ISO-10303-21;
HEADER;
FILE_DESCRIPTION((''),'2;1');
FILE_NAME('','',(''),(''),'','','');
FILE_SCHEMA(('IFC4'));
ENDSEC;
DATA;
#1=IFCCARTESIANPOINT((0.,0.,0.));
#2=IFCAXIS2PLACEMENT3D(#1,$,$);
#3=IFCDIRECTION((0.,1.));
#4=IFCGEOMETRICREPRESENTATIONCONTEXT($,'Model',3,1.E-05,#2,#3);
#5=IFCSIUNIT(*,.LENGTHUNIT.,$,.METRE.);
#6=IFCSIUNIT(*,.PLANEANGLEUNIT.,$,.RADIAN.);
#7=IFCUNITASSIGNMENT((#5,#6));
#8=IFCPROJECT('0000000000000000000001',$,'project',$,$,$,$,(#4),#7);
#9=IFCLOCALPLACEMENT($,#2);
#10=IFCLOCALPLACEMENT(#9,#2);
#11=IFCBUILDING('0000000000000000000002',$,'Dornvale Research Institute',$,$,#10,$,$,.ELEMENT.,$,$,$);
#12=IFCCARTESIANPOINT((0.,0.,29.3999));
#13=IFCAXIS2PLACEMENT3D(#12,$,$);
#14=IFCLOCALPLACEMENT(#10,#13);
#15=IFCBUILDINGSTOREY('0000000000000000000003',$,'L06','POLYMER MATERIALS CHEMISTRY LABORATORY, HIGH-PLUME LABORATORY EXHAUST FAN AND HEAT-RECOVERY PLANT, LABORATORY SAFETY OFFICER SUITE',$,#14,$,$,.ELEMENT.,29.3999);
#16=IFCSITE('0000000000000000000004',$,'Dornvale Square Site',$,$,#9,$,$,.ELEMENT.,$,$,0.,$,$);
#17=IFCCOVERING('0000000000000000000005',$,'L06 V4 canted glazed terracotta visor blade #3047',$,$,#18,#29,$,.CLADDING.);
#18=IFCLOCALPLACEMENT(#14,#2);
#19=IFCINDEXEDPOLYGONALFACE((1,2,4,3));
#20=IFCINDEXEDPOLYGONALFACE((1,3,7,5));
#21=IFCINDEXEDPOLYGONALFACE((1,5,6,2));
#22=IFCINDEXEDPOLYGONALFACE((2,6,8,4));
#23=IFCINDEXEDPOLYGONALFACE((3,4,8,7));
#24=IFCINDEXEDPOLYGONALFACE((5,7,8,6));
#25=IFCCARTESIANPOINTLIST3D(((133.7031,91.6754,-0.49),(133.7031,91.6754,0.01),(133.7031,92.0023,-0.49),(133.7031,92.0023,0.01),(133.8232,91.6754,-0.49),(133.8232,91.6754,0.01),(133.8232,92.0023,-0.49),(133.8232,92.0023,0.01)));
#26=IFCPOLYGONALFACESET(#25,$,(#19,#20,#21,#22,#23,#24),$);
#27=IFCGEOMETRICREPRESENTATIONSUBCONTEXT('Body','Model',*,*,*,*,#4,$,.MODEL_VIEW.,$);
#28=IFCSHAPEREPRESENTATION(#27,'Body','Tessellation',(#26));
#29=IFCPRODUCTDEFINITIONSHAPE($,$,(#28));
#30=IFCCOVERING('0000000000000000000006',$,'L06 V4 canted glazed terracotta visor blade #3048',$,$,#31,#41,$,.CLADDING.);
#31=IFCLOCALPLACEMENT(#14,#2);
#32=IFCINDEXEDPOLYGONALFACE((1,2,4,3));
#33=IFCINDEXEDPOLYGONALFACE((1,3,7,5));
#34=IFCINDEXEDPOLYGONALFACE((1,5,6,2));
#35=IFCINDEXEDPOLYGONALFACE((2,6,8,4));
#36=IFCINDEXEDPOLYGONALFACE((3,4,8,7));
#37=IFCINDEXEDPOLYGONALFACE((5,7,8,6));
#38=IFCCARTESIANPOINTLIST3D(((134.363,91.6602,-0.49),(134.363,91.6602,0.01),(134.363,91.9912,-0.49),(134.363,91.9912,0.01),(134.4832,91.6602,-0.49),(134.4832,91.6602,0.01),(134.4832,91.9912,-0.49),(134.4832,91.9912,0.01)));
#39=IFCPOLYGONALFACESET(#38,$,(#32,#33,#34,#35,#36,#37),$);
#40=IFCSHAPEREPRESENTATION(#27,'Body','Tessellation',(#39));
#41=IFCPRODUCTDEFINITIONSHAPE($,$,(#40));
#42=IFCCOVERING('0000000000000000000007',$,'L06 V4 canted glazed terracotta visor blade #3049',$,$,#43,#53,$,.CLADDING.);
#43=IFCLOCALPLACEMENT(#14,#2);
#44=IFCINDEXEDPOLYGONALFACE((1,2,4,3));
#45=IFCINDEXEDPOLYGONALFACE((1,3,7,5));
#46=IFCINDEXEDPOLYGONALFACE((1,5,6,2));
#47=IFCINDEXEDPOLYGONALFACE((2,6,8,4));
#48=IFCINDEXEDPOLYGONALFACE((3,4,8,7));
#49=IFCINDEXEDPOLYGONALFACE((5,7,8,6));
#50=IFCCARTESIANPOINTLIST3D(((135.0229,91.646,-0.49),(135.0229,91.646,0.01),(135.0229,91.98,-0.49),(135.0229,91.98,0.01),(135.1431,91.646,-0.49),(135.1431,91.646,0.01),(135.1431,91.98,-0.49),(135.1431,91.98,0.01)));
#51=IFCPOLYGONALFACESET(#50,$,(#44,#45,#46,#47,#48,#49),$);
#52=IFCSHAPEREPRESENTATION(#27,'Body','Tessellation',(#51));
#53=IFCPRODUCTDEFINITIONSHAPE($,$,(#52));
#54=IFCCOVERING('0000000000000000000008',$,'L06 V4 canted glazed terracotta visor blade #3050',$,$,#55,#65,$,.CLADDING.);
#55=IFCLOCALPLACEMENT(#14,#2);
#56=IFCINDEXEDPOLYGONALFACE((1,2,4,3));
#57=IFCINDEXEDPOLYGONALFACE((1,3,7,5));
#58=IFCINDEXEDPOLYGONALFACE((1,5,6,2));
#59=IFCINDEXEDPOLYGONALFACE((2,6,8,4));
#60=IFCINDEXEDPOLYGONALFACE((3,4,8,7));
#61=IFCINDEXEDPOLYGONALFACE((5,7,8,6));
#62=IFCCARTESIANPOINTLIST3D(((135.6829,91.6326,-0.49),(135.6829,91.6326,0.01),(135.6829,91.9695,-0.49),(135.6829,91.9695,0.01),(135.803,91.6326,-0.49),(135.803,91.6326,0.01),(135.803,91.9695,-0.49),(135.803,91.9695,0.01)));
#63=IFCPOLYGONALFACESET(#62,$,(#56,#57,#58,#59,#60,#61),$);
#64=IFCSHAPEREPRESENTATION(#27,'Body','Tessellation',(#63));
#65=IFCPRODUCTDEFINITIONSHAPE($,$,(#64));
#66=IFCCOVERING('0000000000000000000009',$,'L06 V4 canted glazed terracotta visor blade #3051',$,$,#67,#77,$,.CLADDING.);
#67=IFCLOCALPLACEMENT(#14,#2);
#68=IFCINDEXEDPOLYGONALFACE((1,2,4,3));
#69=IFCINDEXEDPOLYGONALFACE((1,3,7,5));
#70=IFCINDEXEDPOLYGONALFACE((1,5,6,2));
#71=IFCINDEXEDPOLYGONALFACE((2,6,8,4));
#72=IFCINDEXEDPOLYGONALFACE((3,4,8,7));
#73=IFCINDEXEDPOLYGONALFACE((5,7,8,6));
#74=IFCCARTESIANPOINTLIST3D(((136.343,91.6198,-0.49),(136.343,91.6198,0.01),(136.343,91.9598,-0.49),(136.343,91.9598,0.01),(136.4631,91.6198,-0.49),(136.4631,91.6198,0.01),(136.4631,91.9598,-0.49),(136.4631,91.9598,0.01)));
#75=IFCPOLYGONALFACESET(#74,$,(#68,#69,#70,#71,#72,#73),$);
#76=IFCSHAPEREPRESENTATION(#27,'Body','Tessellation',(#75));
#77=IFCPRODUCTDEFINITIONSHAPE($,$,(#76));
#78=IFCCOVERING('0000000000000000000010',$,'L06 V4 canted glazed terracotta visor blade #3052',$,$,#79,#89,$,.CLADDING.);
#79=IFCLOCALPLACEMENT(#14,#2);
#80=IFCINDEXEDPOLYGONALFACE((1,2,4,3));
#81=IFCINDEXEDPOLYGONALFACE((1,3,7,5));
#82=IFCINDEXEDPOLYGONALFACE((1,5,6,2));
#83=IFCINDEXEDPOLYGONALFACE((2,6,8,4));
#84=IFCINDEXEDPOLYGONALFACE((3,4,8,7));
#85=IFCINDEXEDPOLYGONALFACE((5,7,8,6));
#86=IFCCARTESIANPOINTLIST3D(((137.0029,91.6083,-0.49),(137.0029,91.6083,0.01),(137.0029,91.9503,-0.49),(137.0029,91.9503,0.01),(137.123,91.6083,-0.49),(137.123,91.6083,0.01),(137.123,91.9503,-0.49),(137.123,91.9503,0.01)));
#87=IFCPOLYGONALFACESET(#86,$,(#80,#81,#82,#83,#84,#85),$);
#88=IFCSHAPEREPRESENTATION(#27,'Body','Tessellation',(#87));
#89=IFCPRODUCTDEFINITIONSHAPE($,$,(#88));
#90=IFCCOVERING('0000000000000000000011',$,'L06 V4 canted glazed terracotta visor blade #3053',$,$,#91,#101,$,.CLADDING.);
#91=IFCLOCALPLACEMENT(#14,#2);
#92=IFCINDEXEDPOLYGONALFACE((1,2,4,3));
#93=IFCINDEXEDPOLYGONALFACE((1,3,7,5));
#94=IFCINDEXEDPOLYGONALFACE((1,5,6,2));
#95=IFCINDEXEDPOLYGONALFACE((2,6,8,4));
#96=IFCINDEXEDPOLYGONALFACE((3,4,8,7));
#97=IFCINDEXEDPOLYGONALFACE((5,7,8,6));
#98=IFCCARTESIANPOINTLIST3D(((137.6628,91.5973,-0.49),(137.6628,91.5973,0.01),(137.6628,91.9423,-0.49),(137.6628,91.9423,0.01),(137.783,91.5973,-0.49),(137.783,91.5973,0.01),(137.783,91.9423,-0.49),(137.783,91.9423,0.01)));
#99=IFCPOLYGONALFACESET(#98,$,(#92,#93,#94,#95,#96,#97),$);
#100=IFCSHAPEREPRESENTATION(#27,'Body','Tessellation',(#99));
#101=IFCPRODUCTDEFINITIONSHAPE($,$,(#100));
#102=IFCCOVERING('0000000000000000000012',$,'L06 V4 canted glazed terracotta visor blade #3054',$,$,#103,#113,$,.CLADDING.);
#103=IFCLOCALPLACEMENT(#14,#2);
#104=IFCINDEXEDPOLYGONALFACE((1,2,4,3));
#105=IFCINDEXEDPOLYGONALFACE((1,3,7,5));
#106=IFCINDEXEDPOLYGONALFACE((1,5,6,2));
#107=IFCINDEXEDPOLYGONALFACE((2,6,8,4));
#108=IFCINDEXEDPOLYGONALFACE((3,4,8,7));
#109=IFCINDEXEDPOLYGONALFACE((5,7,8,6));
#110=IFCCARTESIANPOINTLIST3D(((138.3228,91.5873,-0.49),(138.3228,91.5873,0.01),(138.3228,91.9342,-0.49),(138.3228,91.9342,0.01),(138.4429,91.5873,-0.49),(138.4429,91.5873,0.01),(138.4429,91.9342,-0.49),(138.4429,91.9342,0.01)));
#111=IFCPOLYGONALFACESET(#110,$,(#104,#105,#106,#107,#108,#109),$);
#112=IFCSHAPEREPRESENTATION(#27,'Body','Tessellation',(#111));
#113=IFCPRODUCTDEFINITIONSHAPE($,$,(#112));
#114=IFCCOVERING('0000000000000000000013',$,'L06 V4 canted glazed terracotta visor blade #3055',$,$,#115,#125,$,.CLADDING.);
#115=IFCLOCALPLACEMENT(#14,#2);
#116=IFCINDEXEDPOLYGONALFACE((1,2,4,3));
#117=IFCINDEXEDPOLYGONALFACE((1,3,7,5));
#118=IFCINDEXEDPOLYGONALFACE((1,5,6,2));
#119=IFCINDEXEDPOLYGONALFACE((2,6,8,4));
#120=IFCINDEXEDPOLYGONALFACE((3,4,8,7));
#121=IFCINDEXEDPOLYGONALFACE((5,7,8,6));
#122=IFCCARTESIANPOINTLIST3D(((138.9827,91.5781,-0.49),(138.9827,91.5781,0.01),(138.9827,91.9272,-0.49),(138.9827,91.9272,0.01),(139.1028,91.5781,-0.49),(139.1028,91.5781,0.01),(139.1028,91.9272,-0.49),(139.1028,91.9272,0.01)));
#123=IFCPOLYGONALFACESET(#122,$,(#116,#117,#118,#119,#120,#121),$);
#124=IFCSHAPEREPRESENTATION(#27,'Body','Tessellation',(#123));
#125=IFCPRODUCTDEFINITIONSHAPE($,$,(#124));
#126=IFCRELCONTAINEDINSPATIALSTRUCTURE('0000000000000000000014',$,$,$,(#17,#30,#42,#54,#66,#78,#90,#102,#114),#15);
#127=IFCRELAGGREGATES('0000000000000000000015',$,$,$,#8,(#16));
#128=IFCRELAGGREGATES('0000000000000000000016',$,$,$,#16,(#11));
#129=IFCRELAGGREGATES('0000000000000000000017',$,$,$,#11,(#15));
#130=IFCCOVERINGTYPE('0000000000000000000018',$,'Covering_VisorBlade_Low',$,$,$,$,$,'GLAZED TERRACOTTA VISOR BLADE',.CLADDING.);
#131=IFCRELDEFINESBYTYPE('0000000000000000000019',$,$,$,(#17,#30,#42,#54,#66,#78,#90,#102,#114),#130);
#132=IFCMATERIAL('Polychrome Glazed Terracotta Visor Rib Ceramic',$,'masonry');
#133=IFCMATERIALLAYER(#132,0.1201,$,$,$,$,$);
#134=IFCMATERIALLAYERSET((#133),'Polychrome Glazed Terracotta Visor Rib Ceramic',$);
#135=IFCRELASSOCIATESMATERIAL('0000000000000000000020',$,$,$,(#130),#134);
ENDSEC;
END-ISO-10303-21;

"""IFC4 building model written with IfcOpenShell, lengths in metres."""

from ifc_helpers import new_model, si_unit, direction, frame, origin, origin_2d, place, context, subcontext, project, spatial, rectangle, extrude, material, layer, layer_set, type_object, element, save


model = new_model("IFC4")

# Units and contexts
model_context = context("Model", 3, precision=1e-05, world=origin(), true_north=direction((0.0, 1.0)))
body_context = subcontext(model_context, "Body", "Model", "MODEL_VIEW")
ifc_project = project(units=[si_unit("LENGTHUNIT", "METRE"), si_unit("PLANEANGLEUNIT", "RADIAN")], contexts=[model_context])

# Site, building, storey
site_placement = place(None, origin())
site = spatial("IfcSite", under=ifc_project, at=site_placement, Name="Dornvale Square Site", CompositionType="ELEMENT", RefElevation=0.0)
building_placement = place(site_placement, origin())
building = spatial("IfcBuilding", under=site, at=building_placement, Name="Dornvale Research Institute", CompositionType="ELEMENT")
storey_placement = place(building_placement, frame((0.0, 0.0, 29.3999)))
storey = spatial("IfcBuildingStorey", under=building, at=storey_placement, Name="L06", Description="POLYMER MATERIALS CHEMISTRY LABORATORY, HIGH-PLUME LABORATORY EXHAUST FAN AND HEAT-RECOVERY PLANT, LABORATORY SAFETY OFFICER SUITE", CompositionType="ELEMENT", Elevation=29.3999)

# Coverings
ifc_material_1 = material(Name="Polychrome Glazed Terracotta Visor Rib Ceramic", Category="masonry")
ifc_layer_1 = layer(ifc_material_1, 0.1201)
ifc_layer_set_1 = layer_set([ifc_layer_1], Name="Polychrome Glazed Terracotta Visor Rib Ceramic")
covering_type = type_object("IfcCoveringType", Name="Covering_VisorBlade_Low", ElementType="GLAZED TERRACOTTA VISOR BLADE", PredefinedType="CLADDING", material=ifc_layer_set_1)
covering_1_placement = place(storey_placement, frame((133.7632, 91.8389, -0.49), z_axis=(0.0, 0.0, 1.0), x_axis=(0.0, 1.0, 0.0)))
element("IfcCovering", 1, at=covering_1_placement, inside=storey, type_object=covering_type, Name="L06 V4 canted glazed terracotta visor blade #3047", PredefinedType="CLADDING", context=body_context, shape_type="SweptSolid", body=[
    extrude(rectangle(XDim=0.3269, YDim=0.1201, at=origin_2d()), origin(), (0.0, 0.0, 1.0), 0.5),
])
covering_2_placement = place(storey_placement, frame((134.4231, 91.8257, -0.49), z_axis=(0.0, 0.0, 1.0), x_axis=(0.0, 1.0, 0.0)))
element("IfcCovering", 2, at=covering_2_placement, inside=storey, type_object=covering_type, Name="L06 V4 canted glazed terracotta visor blade #3048", PredefinedType="CLADDING", context=body_context, shape_type="SweptSolid", body=[
    extrude(rectangle(XDim=0.3311, YDim=0.1201, at=origin_2d()), origin(), (0.0, 0.0, 1.0), 0.5),
])
covering_3_placement = place(storey_placement, frame((135.083, 91.813, -0.49), z_axis=(0.0, 0.0, 1.0), x_axis=(0.0, 1.0, 0.0)))
element("IfcCovering", 3, at=covering_3_placement, inside=storey, type_object=covering_type, Name="L06 V4 canted glazed terracotta visor blade #3049", PredefinedType="CLADDING", context=body_context, shape_type="SweptSolid", body=[
    extrude(rectangle(XDim=0.334, YDim=0.1201, at=origin_2d()), origin(), (0.0, 0.0, 1.0), 0.5),
])
covering_4_placement = place(storey_placement, frame((135.7429, 91.801, -0.49), z_axis=(0.0, 0.0, 1.0), x_axis=(0.0, 1.0, 0.0)))
element("IfcCovering", 4, at=covering_4_placement, inside=storey, type_object=covering_type, Name="L06 V4 canted glazed terracotta visor blade #3050", PredefinedType="CLADDING", context=body_context, shape_type="SweptSolid", body=[
    extrude(rectangle(XDim=0.3369, YDim=0.1201, at=origin_2d()), origin(), (0.0, 0.0, 1.0), 0.5),
])
covering_5_placement = place(storey_placement, frame((136.4031, 91.7898, -0.49), z_axis=(0.0, 0.0, 1.0), x_axis=(0.0, 1.0, 0.0)))
element("IfcCovering", 5, at=covering_5_placement, inside=storey, type_object=covering_type, Name="L06 V4 canted glazed terracotta visor blade #3051", PredefinedType="CLADDING", context=body_context, shape_type="SweptSolid", body=[
    extrude(rectangle(XDim=0.3401, YDim=0.1201, at=origin_2d()), origin(), (0.0, 0.0, 1.0), 0.5),
])
covering_6_placement = place(storey_placement, frame((137.063, 91.7793, -0.49), z_axis=(0.0, 0.0, 1.0), x_axis=(0.0, 1.0, 0.0)))
element("IfcCovering", 6, at=covering_6_placement, inside=storey, type_object=covering_type, Name="L06 V4 canted glazed terracotta visor blade #3052", PredefinedType="CLADDING", context=body_context, shape_type="SweptSolid", body=[
    extrude(rectangle(XDim=0.342, YDim=0.1201, at=origin_2d()), origin(), (0.0, 0.0, 1.0), 0.5),
])
covering_7_placement = place(storey_placement, frame((137.7229, 91.7698, -0.49), z_axis=(0.0, 0.0, 1.0), x_axis=(0.0, 1.0, 0.0)))
element("IfcCovering", 7, at=covering_7_placement, inside=storey, type_object=covering_type, Name="L06 V4 canted glazed terracotta visor blade #3053", PredefinedType="CLADDING", context=body_context, shape_type="SweptSolid", body=[
    extrude(rectangle(XDim=0.345, YDim=0.1201, at=origin_2d()), origin(), (0.0, 0.0, 1.0), 0.5),
])
covering_8_placement = place(storey_placement, frame((138.3828, 91.7607, -0.49), z_axis=(0.0, 0.0, 1.0), x_axis=(0.0, 1.0, 0.0)))
element("IfcCovering", 8, at=covering_8_placement, inside=storey, type_object=covering_type, Name="L06 V4 canted glazed terracotta visor blade #3054", PredefinedType="CLADDING", context=body_context, shape_type="SweptSolid", body=[
    extrude(rectangle(XDim=0.3469, YDim=0.1201, at=origin_2d()), origin(), (0.0, 0.0, 1.0), 0.5),
])
covering_9_placement = place(storey_placement, frame((139.0427, 91.7527, -0.49), z_axis=(0.0, 0.0, 1.0), x_axis=(0.0, 1.0, 0.0)))
element("IfcCovering", 9, at=covering_9_placement, inside=storey, type_object=covering_type, Name="L06 V4 canted glazed terracotta visor blade #3055", PredefinedType="CLADDING", context=body_context, shape_type="SweptSolid", body=[
    extrude(rectangle(XDim=0.3491, YDim=0.1201, at=origin_2d()), origin(), (0.0, 0.0, 1.0), 0.5),
])

save(model, "model.ifc")
